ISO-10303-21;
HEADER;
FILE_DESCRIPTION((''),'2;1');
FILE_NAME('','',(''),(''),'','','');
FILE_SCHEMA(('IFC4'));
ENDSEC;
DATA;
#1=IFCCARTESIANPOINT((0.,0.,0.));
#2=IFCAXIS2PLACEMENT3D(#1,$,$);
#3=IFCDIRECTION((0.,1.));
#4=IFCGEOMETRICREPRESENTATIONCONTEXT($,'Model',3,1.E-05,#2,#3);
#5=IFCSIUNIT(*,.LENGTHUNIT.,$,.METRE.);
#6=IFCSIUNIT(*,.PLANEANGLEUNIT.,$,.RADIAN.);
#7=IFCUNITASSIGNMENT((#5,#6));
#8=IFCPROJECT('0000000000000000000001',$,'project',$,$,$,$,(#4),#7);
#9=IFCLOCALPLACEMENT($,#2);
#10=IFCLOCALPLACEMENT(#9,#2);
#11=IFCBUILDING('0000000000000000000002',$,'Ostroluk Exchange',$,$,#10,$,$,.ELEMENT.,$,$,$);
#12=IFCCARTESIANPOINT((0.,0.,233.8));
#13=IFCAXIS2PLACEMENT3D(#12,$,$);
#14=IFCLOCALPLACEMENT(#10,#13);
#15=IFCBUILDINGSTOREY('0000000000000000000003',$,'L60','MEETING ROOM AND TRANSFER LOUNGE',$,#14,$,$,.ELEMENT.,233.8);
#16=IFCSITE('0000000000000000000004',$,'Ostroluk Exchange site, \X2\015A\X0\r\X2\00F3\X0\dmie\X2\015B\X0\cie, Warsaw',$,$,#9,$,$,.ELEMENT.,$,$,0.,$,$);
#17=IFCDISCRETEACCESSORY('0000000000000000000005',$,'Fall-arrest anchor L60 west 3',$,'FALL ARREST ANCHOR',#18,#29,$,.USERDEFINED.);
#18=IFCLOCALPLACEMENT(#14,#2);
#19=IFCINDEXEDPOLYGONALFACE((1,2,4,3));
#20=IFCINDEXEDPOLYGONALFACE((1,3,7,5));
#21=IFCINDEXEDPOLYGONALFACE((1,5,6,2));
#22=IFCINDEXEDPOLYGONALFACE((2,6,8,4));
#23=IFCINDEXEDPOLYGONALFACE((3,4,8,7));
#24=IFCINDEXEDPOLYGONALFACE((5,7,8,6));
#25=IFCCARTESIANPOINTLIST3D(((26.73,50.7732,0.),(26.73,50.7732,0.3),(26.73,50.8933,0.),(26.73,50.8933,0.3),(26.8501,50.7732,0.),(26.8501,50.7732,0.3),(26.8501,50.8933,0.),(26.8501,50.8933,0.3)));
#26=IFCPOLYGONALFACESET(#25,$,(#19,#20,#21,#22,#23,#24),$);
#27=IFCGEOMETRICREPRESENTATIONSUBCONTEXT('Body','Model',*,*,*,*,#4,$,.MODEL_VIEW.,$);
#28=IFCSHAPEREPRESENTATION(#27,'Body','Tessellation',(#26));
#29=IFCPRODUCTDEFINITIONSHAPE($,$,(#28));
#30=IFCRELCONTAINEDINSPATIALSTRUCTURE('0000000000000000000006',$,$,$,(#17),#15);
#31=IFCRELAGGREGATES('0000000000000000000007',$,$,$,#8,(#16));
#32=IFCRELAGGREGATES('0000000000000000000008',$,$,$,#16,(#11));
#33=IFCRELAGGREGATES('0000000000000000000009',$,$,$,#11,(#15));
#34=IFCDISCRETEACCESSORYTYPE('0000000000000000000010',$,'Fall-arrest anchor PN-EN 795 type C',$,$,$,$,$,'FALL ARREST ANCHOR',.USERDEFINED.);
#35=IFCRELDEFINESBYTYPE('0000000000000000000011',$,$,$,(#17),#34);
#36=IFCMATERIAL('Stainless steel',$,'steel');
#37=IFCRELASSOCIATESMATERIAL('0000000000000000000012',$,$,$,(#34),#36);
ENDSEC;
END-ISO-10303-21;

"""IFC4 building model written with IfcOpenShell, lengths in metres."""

from ifc_helpers import new_model, si_unit, direction, frame, origin, origin_2d, place, context, subcontext, project, spatial, rectangle, extrude, material, type_object, element, save


model = new_model("IFC4")

# Units and contexts
model_context = context("Model", 3, precision=1e-05, world=origin(), true_north=direction((0.0, 1.0)))
body_context = subcontext(model_context, "Body", "Model", "MODEL_VIEW")
ifc_project = project(units=[si_unit("LENGTHUNIT", "METRE"), si_unit("PLANEANGLEUNIT", "RADIAN")], contexts=[model_context])

# Site, building, storey
site_placement = place(None, origin())
site = spatial("IfcSite", under=ifc_project, at=site_placement, Name="Ostroluk Exchange site, Śródmieście, Warsaw", CompositionType="ELEMENT", RefElevation=0.0)
building_placement = place(site_placement, origin())
building = spatial("IfcBuilding", under=site, at=building_placement, Name="Ostroluk Exchange", CompositionType="ELEMENT")
storey_placement = place(building_placement, frame((0.0, 0.0, 233.8)))
storey = spatial("IfcBuildingStorey", under=building, at=storey_placement, Name="L60", Description="MEETING ROOM AND TRANSFER LOUNGE", CompositionType="ELEMENT", Elevation=233.8)

# Discrete accessory
ifc_material_1 = material(Name="Stainless steel", Category="steel")
discrete_accessory_type = type_object("IfcDiscreteAccessoryType", Name="Fall-arrest anchor PN-EN 795 type C", ElementType="FALL ARREST ANCHOR", PredefinedType="USERDEFINED", material=ifc_material_1)
discrete_accessory_placement = place(storey_placement, frame((26.79, 50.8333, 0.0), z_axis=(0.0, 0.0, 1.0), x_axis=(1.0, 0.0, 0.0)))
element("IfcDiscreteAccessory", 1, at=discrete_accessory_placement, inside=storey, type_object=discrete_accessory_type, Name="Fall-arrest anchor L60 west 3", ObjectType="FALL ARREST ANCHOR", PredefinedType="USERDEFINED", context=body_context, shape_type="SweptSolid", body=[
    extrude(rectangle(XDim=0.1201, YDim=0.1201, at=origin_2d()), origin(), (0.0, 0.0, 1.0), 0.3),
])

save(model, "model.ifc")
